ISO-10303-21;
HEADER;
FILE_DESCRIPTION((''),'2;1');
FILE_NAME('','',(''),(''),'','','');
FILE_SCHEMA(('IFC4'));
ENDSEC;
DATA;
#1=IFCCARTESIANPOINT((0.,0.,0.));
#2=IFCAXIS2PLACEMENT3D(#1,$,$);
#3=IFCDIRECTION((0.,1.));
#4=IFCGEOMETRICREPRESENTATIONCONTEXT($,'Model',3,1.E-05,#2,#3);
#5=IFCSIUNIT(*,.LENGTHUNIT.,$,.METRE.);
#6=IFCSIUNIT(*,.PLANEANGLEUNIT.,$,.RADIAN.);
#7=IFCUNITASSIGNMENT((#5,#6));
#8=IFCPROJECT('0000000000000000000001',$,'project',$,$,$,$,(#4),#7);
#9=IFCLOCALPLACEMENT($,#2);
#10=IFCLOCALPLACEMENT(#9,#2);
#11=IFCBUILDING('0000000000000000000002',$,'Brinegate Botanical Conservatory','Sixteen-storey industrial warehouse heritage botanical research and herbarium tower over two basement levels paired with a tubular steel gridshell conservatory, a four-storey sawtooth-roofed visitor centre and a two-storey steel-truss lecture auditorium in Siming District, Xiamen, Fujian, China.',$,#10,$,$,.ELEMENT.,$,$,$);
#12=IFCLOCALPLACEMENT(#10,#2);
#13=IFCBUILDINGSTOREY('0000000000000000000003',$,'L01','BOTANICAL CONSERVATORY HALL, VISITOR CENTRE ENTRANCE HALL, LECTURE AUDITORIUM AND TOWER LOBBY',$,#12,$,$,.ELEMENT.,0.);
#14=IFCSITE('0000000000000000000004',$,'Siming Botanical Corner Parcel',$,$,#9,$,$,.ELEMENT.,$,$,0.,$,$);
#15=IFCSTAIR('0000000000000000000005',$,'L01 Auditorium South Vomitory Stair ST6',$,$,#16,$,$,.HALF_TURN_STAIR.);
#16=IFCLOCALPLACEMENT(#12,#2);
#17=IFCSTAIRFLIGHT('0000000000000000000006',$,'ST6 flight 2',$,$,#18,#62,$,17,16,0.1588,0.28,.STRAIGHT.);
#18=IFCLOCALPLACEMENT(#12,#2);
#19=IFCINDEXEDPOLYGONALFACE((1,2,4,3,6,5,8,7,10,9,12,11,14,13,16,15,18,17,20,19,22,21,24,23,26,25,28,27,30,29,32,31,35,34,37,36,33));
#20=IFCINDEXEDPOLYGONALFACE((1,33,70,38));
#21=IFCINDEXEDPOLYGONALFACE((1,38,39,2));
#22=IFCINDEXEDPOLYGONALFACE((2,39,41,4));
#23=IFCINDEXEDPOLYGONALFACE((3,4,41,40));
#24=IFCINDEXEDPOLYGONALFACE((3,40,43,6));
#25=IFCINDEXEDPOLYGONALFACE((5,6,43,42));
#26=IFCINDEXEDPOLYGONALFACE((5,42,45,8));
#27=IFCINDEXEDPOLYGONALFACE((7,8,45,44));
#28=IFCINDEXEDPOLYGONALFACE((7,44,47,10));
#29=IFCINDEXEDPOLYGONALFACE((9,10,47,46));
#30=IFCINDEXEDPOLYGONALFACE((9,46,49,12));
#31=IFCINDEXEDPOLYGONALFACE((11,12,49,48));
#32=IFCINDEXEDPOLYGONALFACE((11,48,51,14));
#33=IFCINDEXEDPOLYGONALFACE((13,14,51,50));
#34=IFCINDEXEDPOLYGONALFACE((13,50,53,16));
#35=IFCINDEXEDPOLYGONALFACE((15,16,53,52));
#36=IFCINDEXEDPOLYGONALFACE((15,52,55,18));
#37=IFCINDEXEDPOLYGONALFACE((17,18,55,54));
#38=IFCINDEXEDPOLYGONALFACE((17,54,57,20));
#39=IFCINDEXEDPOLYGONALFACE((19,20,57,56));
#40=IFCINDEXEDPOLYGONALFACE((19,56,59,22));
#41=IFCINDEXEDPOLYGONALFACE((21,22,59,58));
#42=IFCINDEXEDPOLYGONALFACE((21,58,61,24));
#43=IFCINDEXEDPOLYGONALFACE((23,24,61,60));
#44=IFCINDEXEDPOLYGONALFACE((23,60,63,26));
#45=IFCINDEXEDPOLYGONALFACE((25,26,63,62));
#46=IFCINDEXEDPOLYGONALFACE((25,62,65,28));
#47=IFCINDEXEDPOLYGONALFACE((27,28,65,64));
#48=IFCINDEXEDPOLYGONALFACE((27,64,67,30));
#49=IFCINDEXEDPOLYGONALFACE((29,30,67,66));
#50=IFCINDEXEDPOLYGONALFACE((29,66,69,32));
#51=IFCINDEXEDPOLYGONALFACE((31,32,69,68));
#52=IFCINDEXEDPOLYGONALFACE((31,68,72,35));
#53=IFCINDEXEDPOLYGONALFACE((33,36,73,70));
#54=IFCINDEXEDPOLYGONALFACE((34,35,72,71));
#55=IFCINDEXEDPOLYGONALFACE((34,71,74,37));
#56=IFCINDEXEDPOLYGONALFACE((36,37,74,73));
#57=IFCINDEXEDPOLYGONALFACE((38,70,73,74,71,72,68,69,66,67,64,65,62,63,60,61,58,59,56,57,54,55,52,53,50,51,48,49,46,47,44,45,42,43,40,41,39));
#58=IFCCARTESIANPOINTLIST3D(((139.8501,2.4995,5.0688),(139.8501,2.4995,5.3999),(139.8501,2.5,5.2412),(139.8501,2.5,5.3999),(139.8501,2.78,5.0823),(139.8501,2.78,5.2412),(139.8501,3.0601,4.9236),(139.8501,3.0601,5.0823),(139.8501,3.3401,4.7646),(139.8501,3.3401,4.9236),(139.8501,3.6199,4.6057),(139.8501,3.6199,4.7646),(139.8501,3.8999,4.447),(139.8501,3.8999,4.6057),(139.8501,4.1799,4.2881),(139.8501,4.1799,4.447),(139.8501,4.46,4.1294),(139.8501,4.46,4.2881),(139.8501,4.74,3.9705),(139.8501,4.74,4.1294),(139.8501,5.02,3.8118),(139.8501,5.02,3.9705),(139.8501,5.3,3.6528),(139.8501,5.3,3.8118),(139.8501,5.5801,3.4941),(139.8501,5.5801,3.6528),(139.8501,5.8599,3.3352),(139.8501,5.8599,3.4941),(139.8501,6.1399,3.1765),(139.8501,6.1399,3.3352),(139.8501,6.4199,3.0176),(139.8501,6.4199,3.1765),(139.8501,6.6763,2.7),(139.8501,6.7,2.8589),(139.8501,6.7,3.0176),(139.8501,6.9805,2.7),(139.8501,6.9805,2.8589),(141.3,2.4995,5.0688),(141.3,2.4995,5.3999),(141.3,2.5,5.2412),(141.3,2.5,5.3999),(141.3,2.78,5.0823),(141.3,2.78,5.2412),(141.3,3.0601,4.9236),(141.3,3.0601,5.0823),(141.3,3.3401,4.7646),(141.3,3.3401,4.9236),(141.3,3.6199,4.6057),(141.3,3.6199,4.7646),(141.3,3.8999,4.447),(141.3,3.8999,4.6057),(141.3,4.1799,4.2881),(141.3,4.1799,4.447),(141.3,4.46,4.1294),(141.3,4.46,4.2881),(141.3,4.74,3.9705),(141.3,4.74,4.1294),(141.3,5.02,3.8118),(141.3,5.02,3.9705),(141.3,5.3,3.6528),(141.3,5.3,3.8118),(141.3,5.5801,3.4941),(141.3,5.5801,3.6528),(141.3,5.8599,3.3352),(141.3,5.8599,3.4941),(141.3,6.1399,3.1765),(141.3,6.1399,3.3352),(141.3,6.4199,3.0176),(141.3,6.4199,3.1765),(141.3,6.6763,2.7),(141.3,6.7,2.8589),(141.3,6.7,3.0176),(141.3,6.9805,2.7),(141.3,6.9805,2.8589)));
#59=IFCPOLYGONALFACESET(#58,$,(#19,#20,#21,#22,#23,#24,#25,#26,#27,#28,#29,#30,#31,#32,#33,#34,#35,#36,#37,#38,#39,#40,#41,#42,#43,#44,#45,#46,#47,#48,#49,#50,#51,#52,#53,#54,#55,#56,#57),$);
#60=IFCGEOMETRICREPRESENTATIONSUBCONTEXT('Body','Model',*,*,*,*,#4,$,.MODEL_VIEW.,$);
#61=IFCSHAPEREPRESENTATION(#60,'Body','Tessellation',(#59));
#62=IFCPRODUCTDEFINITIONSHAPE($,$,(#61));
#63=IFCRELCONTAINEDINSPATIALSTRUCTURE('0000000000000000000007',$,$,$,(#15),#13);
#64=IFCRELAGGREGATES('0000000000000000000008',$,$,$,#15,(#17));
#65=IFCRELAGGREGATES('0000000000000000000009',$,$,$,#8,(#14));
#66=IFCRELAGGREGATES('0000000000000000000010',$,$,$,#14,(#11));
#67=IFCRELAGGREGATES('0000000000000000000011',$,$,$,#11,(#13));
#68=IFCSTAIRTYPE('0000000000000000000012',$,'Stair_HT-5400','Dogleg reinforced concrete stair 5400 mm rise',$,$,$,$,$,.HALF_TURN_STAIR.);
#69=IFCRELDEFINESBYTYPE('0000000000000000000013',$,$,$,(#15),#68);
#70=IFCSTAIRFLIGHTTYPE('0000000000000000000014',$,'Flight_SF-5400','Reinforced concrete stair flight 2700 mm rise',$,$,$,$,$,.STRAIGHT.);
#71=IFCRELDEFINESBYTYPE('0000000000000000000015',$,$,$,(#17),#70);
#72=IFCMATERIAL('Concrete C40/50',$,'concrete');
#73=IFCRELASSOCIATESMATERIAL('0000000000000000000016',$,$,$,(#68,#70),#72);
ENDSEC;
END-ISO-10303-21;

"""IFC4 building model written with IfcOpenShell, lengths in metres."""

from ifc_helpers import new_model, si_unit, direction, frame, origin, place, context, subcontext, project, spatial, polyline, outline, extrude, material, type_object, element, aggregate, save


model = new_model("IFC4")

# Units and contexts
model_context = context("Model", 3, precision=1e-05, world=origin(), true_north=direction((0.0, 1.0)))
body_context = subcontext(model_context, "Body", "Model", "MODEL_VIEW")
ifc_project = project(units=[si_unit("LENGTHUNIT", "METRE"), si_unit("PLANEANGLEUNIT", "RADIAN")], contexts=[model_context])

# Site, building, storey
site_placement = place(None, origin())
site = spatial("IfcSite", under=ifc_project, at=site_placement, Name="Siming Botanical Corner Parcel", CompositionType="ELEMENT", RefElevation=0.0)
building_placement = place(site_placement, origin())
building = spatial("IfcBuilding", under=site, at=building_placement, Name="Brinegate Botanical Conservatory", Description="Sixteen-storey industrial warehouse heritage botanical research and herbarium tower over two basement levels paired with a tubular steel gridshell conservatory, a four-storey sawtooth-roofed visitor centre and a two-storey steel-truss lecture auditorium in Siming District, Xiamen, Fujian, China.", CompositionType="ELEMENT")
storey_placement = place(building_placement, origin())
storey = spatial("IfcBuildingStorey", under=building, at=storey_placement, Name="L01", Description="BOTANICAL CONSERVATORY HALL, VISITOR CENTRE ENTRANCE HALL, LECTURE AUDITORIUM AND TOWER LOBBY", CompositionType="ELEMENT", Elevation=0.0)

# Shared definitions
ifc_material_1 = material(Name="Concrete C40/50", Category="concrete")

# Stair, stair flight
stair_type = type_object("IfcStairType", Name="Stair_HT-5400", Description="Dogleg reinforced concrete stair 5400 mm rise", PredefinedType="HALF_TURN_STAIR", material=ifc_material_1)
stair_placement = place(storey_placement, origin())
stair = element("IfcStair", 1, at=stair_placement, inside=storey, type_object=stair_type, Name="L01 Auditorium South Vomitory Stair ST6", PredefinedType="HALF_TURN_STAIR")
stair_flight_type = type_object("IfcStairFlightType", Name="Flight_SF-5400", Description="Reinforced concrete stair flight 2700 mm rise", PredefinedType="STRAIGHT", material=ifc_material_1)
stair_flight_1_placement = place(storey_placement, frame((140.575, 6.98, 2.7), z_axis=(0.0, 0.0, 1.0), x_axis=(0.0, -1.0, 0.0)))
stair_flight_1 = element("IfcStairFlight", 2, at=stair_flight_1_placement, type_object=stair_flight_type, Name="ST6 flight 2", NumberOfRisers=17, NumberOfTreads=16, PredefinedType="STRAIGHT", RiserHeight=0.1588, TreadLength=0.28, context=body_context, shape_type="SweptSolid", body=[
    extrude(outline(polyline([(-0.0005, 0.0), (-0.0005, 0.1589), (0.28, 0.1589), (0.28, 0.3176), (0.5601, 0.3176), (0.5601, 0.4766), (0.8401, 0.4766), (0.8401, 0.6353), (1.1201, 0.6353), (1.1201, 0.7942), (1.3999, 0.7942), (1.3999, 0.9529), (1.6799, 0.9529), (1.6799, 1.1118), (1.96, 1.1118), (1.96, 1.2705), (2.24, 1.2705), (2.24, 1.4294), (2.52, 1.4294), (2.52, 1.5881), (2.8, 1.5881), (2.8, 1.7471), (3.0801, 1.7471), (3.0801, 1.9058), (3.3601, 1.9058), (3.3601, 2.0647), (3.6399, 2.0647), (3.6399, 2.2236), (3.9199, 2.2236), (3.9199, 2.3823), (4.2, 2.3823), (4.2, 2.5413), (4.48, 2.5413), (4.48, 2.7), (4.4805, 2.7), (4.4805, 2.3689), (0.3037, 0.0), (-0.0005, 0.0)])), frame((0.0, 0.7251, 0.0), z_axis=(0.0, -1.0, 0.0), x_axis=(1.0, 0.0, 0.0)), (0.0, 0.0, 1.0), 1.45),
])
aggregate(stair, [stair_flight_1])

save(model, "model.ifc")
